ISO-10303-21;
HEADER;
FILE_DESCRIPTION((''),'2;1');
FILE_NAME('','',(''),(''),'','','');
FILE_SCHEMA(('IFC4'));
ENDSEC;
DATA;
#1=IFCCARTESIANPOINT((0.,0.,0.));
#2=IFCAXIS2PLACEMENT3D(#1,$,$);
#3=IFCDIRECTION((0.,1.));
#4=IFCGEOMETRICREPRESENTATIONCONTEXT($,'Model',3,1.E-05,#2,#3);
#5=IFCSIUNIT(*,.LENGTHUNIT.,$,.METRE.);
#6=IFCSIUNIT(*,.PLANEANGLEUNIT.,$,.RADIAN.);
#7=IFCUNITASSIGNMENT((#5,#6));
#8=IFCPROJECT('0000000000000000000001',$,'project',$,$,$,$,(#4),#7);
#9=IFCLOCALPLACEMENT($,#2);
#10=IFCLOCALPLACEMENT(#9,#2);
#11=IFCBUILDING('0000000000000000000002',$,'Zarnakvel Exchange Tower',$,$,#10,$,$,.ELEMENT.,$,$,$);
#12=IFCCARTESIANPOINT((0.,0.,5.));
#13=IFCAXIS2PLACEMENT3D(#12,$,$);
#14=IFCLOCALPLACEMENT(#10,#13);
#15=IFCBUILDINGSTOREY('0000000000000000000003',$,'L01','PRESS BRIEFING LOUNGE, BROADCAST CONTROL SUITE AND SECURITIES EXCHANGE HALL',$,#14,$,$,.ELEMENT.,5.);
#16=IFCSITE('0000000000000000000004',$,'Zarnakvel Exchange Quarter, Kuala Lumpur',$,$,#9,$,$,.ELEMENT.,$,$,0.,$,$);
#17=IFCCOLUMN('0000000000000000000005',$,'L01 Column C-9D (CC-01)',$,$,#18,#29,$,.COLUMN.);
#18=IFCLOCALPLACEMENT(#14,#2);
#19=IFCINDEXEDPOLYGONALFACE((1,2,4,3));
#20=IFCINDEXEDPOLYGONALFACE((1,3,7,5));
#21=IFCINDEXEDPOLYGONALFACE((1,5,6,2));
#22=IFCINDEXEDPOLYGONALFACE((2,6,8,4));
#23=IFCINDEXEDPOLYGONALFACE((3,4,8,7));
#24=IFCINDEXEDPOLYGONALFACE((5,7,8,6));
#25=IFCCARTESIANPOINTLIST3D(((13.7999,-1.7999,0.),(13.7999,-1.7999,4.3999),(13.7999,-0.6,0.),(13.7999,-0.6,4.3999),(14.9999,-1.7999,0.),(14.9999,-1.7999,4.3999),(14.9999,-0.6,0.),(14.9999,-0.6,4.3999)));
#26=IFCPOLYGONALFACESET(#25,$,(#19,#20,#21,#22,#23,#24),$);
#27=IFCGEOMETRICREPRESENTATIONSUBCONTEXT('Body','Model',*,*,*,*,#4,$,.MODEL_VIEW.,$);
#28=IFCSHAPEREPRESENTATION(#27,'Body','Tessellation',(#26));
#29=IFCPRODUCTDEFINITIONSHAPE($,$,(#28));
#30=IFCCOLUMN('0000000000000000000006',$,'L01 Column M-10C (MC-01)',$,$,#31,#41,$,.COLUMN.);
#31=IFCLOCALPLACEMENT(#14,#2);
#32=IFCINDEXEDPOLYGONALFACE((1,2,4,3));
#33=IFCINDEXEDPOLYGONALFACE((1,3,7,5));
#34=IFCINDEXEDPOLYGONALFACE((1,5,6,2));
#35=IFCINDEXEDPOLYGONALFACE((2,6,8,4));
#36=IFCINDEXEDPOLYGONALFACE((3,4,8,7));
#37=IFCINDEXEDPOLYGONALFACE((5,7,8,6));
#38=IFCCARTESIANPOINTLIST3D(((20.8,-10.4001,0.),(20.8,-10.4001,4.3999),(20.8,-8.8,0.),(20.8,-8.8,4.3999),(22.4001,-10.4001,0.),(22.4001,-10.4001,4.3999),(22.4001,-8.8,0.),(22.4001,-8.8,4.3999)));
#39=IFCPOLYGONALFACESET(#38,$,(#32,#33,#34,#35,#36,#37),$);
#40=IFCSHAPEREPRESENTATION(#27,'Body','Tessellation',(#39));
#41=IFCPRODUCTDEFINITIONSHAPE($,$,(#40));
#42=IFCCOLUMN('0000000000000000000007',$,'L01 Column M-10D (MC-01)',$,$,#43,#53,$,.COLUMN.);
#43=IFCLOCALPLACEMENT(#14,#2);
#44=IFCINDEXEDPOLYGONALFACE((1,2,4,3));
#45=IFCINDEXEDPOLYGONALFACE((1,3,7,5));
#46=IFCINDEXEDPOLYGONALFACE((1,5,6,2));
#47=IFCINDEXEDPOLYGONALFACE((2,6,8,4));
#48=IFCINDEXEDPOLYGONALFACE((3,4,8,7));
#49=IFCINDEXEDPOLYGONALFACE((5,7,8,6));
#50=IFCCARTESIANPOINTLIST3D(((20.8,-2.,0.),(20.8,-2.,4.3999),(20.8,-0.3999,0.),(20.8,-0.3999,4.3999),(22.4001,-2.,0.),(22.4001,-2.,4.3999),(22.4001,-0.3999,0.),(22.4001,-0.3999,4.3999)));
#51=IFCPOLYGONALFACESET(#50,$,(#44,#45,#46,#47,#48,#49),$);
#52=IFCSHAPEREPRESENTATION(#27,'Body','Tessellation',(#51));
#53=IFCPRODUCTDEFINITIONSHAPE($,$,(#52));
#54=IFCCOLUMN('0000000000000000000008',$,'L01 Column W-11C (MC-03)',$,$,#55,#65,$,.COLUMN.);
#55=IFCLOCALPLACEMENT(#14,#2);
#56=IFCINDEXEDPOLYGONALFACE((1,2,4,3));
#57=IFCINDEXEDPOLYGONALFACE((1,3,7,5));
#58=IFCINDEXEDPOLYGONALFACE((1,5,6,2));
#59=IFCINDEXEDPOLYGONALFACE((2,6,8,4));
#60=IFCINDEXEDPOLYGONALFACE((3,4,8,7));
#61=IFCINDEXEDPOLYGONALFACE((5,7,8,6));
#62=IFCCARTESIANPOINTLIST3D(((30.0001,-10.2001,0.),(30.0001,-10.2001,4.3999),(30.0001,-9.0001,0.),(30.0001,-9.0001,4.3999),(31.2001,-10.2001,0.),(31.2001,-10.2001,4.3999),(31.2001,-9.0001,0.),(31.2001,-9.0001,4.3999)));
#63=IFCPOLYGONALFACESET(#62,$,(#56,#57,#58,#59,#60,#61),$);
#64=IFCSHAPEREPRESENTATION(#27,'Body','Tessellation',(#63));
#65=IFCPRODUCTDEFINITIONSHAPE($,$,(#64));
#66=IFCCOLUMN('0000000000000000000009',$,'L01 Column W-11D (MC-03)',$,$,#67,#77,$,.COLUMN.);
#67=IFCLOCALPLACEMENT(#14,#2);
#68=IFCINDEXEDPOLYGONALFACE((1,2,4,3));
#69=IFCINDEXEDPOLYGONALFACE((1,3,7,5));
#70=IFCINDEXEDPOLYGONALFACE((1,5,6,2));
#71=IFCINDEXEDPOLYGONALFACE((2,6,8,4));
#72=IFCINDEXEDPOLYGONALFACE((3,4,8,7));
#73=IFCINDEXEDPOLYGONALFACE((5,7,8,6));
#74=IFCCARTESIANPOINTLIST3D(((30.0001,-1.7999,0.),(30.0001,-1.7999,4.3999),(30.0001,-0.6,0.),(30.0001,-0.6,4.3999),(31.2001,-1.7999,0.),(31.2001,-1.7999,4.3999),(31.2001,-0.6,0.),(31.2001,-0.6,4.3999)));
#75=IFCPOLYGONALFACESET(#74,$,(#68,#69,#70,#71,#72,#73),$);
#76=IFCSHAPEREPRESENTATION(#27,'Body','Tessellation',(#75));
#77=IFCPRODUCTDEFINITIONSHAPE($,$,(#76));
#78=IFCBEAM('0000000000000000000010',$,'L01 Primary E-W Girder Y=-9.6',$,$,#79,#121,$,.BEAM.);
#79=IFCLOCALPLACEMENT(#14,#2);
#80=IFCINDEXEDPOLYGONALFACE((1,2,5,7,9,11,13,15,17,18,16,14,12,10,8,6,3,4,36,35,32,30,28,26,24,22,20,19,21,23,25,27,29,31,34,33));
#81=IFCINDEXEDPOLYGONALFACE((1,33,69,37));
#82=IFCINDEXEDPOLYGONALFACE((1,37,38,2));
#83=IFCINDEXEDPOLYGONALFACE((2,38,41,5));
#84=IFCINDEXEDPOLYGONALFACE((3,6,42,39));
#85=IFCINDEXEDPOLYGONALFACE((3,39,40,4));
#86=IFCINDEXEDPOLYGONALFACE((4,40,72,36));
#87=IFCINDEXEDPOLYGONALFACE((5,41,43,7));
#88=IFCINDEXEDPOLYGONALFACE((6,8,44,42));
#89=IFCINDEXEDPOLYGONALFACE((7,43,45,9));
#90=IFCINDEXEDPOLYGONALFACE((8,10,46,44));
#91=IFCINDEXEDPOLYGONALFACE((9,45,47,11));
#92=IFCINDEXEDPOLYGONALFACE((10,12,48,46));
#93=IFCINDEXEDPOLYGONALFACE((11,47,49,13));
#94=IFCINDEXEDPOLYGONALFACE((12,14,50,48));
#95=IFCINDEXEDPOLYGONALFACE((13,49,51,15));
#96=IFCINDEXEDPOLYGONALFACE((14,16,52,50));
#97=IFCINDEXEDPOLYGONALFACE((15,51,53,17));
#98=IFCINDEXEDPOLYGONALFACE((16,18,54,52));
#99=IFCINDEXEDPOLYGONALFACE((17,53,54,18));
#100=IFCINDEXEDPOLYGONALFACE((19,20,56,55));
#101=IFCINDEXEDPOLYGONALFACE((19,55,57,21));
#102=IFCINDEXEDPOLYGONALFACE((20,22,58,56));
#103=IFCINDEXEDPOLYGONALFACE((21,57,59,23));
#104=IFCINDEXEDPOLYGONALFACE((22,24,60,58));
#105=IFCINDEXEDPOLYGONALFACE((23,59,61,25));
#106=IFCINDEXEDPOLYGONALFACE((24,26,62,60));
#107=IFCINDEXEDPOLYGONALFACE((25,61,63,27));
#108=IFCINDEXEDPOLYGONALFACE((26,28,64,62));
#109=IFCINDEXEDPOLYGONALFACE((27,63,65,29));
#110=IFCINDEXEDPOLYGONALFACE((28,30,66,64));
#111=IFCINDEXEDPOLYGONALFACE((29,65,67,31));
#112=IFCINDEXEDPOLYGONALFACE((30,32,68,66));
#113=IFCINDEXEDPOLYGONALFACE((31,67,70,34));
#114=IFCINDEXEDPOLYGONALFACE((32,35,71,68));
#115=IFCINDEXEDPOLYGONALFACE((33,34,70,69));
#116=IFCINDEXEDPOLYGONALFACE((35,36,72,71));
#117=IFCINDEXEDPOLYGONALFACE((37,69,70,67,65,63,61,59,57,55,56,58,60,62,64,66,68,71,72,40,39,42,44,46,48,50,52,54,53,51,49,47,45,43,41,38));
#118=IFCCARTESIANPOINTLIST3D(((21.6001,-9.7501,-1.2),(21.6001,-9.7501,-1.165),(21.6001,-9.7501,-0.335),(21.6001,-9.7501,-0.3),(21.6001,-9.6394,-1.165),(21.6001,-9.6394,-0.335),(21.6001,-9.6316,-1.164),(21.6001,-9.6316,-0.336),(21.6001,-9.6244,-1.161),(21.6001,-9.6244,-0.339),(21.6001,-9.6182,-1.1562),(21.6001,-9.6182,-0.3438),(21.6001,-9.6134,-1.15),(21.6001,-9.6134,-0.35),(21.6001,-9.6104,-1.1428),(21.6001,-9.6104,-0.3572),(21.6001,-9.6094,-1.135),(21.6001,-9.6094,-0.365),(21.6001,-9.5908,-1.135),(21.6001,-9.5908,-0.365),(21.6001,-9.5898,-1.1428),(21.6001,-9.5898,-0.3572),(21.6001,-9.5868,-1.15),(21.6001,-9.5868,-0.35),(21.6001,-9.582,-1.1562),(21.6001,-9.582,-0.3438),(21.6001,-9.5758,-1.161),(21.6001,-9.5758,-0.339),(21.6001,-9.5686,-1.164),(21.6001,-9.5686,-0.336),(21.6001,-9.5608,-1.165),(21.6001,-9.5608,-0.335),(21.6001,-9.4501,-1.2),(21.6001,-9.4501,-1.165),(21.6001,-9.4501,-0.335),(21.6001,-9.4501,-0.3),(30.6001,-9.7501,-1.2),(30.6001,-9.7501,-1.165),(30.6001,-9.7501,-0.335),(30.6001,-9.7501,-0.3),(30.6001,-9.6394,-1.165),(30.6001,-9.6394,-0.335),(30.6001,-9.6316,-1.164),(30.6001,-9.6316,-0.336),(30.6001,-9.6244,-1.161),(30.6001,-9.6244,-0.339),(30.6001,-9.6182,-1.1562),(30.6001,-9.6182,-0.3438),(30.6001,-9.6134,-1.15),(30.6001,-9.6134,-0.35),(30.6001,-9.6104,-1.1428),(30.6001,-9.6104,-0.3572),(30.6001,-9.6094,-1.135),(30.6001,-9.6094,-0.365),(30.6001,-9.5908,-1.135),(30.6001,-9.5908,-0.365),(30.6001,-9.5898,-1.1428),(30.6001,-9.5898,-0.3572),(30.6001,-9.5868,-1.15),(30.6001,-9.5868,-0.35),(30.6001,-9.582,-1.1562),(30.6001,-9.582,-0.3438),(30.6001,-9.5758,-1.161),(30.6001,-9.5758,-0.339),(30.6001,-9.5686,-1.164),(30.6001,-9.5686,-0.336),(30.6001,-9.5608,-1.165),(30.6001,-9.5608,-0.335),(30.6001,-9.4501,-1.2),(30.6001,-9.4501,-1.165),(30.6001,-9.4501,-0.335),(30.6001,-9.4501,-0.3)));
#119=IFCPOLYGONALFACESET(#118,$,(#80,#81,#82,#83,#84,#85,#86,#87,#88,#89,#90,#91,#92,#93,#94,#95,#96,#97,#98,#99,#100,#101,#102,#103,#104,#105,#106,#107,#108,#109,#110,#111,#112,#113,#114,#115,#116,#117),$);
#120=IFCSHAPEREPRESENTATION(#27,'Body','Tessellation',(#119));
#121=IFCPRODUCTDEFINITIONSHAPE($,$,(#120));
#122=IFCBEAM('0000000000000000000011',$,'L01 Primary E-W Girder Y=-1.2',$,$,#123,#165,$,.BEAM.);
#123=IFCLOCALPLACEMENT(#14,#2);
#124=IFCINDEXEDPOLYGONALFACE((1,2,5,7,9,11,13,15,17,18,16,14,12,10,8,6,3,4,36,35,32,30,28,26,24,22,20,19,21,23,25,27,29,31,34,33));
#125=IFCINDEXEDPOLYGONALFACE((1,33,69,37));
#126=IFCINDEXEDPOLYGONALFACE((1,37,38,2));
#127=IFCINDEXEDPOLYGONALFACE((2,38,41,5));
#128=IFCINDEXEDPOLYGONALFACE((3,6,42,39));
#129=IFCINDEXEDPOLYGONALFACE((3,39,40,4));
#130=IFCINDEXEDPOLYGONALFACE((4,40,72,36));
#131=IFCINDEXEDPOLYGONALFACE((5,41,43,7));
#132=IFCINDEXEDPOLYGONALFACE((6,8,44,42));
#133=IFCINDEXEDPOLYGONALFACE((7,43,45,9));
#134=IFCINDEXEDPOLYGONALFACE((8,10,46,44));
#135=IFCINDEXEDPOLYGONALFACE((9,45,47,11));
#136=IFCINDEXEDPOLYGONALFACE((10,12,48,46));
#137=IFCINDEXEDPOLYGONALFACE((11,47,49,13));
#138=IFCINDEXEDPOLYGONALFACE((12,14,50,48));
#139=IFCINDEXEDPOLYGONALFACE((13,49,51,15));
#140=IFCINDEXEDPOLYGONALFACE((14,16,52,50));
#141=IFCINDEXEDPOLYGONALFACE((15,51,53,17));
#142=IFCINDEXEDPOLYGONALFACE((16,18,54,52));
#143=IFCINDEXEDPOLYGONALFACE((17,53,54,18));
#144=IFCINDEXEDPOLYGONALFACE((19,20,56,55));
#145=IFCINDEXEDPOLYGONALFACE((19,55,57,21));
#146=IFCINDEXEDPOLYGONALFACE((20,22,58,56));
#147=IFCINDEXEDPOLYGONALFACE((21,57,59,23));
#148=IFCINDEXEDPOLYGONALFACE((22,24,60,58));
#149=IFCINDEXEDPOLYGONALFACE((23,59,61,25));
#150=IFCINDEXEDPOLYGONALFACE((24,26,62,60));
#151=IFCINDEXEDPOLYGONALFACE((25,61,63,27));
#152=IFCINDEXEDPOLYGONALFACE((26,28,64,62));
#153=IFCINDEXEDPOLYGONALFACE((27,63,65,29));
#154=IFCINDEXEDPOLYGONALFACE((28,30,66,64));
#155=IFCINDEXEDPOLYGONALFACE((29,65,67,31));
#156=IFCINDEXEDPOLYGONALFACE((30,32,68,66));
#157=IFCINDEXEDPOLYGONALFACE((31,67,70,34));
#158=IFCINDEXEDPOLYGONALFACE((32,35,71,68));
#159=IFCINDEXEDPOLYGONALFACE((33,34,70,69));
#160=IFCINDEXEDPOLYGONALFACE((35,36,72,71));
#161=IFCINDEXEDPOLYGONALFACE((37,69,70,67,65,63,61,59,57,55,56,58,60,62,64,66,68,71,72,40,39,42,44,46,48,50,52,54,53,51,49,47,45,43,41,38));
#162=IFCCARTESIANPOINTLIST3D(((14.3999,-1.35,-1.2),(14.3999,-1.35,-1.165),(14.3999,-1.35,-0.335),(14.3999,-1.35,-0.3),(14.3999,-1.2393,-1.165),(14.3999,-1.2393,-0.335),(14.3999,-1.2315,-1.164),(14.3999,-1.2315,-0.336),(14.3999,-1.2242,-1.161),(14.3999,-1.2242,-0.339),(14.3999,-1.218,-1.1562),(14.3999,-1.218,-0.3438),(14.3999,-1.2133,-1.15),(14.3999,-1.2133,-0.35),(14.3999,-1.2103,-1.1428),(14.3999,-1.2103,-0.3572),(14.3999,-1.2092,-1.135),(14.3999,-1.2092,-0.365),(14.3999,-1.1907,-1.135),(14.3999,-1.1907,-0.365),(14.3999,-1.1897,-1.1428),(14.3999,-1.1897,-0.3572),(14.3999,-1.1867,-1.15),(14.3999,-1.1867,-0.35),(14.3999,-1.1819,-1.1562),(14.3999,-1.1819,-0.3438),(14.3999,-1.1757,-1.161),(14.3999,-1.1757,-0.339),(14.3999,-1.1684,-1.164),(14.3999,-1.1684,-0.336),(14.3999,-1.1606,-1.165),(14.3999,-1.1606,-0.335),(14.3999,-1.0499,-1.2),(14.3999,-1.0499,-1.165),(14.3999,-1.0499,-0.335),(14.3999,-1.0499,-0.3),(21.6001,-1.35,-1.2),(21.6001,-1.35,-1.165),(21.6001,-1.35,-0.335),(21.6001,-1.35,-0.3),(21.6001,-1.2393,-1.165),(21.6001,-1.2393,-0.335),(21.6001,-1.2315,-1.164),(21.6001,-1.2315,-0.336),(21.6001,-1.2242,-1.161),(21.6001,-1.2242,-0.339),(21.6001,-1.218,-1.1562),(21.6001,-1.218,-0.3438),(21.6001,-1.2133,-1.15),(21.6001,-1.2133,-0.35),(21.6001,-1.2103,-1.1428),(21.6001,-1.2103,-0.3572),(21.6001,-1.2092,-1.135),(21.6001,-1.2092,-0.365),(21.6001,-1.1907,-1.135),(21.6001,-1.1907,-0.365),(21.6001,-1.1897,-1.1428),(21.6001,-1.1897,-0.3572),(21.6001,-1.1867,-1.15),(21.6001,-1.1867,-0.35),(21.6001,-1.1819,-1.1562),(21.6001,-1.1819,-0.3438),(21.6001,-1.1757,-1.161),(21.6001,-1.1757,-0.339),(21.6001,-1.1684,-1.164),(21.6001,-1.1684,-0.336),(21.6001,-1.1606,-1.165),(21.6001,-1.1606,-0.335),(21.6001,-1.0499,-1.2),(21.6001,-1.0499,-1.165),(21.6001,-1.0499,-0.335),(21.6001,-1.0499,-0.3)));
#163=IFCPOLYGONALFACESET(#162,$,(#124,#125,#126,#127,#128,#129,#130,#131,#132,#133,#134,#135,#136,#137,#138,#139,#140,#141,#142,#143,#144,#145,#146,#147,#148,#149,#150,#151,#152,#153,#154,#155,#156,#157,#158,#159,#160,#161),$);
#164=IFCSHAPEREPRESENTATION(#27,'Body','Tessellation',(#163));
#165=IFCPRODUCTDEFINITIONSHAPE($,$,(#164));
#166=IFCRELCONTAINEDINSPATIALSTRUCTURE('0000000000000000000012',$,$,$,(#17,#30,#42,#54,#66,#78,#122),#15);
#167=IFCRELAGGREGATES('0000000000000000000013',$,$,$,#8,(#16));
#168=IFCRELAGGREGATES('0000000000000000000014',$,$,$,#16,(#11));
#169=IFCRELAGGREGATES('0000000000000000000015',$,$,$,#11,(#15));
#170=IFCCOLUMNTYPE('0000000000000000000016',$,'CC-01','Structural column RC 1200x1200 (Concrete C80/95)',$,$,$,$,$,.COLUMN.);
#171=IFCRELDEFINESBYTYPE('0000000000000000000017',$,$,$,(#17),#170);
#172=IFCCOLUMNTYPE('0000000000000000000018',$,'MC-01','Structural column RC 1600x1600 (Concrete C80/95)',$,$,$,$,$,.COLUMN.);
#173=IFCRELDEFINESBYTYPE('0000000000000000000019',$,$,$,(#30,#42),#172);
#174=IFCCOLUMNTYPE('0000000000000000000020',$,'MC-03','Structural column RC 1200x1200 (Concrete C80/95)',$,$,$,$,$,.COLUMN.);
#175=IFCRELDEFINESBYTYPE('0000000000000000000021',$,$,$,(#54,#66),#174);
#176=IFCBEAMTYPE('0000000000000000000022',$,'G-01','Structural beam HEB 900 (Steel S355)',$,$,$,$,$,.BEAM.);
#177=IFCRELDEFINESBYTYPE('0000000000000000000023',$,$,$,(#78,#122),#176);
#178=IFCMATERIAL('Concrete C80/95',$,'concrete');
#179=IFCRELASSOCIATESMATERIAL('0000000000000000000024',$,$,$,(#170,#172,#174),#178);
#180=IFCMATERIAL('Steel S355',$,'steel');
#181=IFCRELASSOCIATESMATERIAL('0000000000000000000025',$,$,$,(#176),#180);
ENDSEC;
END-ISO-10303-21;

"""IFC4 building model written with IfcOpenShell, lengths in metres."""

from ifc_helpers import new_model, si_unit, direction, frame, origin, origin_2d, place, context, subcontext, project, spatial, rectangle, i_section, extrude, material, material_profile, profile_set, type_object, element, save


model = new_model("IFC4")

# Units and contexts
model_context = context("Model", 3, precision=1e-05, world=origin(), true_north=direction((0.0, 1.0)))
body_context = subcontext(model_context, "Body", "Model", "MODEL_VIEW")
ifc_project = project(units=[si_unit("LENGTHUNIT", "METRE"), si_unit("PLANEANGLEUNIT", "RADIAN")], contexts=[model_context])

# Site, building, storey
site_placement = place(None, origin())
site = spatial("IfcSite", under=ifc_project, at=site_placement, Name="Zarnakvel Exchange Quarter, Kuala Lumpur", CompositionType="ELEMENT", RefElevation=0.0)
building_placement = place(site_placement, origin())
building = spatial("IfcBuilding", under=site, at=building_placement, Name="Zarnakvel Exchange Tower", CompositionType="ELEMENT")
storey_placement = place(building_placement, frame((0.0, 0.0, 5.0)))
storey = spatial("IfcBuildingStorey", under=building, at=storey_placement, Name="L01", Description="PRESS BRIEFING LOUNGE, BROADCAST CONTROL SUITE AND SECURITIES EXCHANGE HALL", CompositionType="ELEMENT", Elevation=5.0)

# Columns
ifc_material_1 = material(Name="Concrete C80/95", Category="concrete")
ifc_material_profile_1 = material_profile(ifc_material_1, rectangle(XDim=1.2, YDim=1.2, at=origin_2d()))
ifc_profile_set_1 = profile_set([ifc_material_profile_1], Name="Concrete C80/95")
column_type_1 = type_object("IfcColumnType", Name="CC-01", Description="Structural column RC 1200x1200 (Concrete C80/95)", PredefinedType="COLUMN", material=ifc_profile_set_1)
column_placement = place(storey_placement, frame((14.3999, -1.2, 0.0), z_axis=(0.0, 0.0, 1.0), x_axis=(1.0, 0.0, 0.0)))
element("IfcColumn", 1, at=column_placement, inside=storey, type_object=column_type_1, Name="L01 Column C-9D (CC-01)", PredefinedType="COLUMN", context=body_context, shape_type="SweptSolid", body=[
    extrude(rectangle(XDim=1.2, YDim=1.2, at=origin_2d()), origin(), (0.0, 0.0, 1.0), 4.3999),
])
ifc_material_profile_2 = material_profile(ifc_material_1, rectangle(XDim=1.6001, YDim=1.6001, at=origin_2d()))
ifc_profile_set_2 = profile_set([ifc_material_profile_2], Name="Concrete C80/95")
column_type_2 = type_object("IfcColumnType", Name="MC-01", Description="Structural column RC 1600x1600 (Concrete C80/95)", PredefinedType="COLUMN", material=ifc_profile_set_2)
for number, where, z_axis, x_axis, name in (
    (2, (21.6001, -9.6001, 0.0), (0.0, 0.0, 1.0), (1.0, 0.0, 0.0), "L01 Column M-10C (MC-01)"),
    (3, (21.6001, -1.2, 0.0), (0.0, 0.0, 1.0), (1.0, 0.0, 0.0), "L01 Column M-10D (MC-01)"),
):
    element("IfcColumn", number, at=place(storey_placement, frame(where, z_axis=z_axis, x_axis=x_axis)), inside=storey, type_object=column_type_2, Name=name, PredefinedType="COLUMN", context=body_context, shape_type="SweptSolid", body=[
        extrude(rectangle(XDim=1.6001, YDim=1.6001, at=origin_2d()), origin(), (0.0, 0.0, 1.0), 4.3999),
    ])
ifc_material_profile_3 = material_profile(ifc_material_1, rectangle(XDim=1.2, YDim=1.2, at=origin_2d()))
ifc_profile_set_3 = profile_set([ifc_material_profile_3], Name="Concrete C80/95")
column_type_3 = type_object("IfcColumnType", Name="MC-03", Description="Structural column RC 1200x1200 (Concrete C80/95)", PredefinedType="COLUMN", material=ifc_profile_set_3)
for number, where, z_axis, x_axis, name in (
    (4, (30.6001, -9.6001, 0.0), (0.0, 0.0, 1.0), (1.0, 0.0, 0.0), "L01 Column W-11C (MC-03)"),
    (5, (30.6001, -1.2, 0.0), (0.0, 0.0, 1.0), (1.0, 0.0, 0.0), "L01 Column W-11D (MC-03)"),
):
    element("IfcColumn", number, at=place(storey_placement, frame(where, z_axis=z_axis, x_axis=x_axis)), inside=storey, type_object=column_type_3, Name=name, PredefinedType="COLUMN", context=body_context, shape_type="SweptSolid", body=[
        extrude(rectangle(XDim=1.2, YDim=1.2, at=origin_2d()), origin(), (0.0, 0.0, 1.0), 4.3999),
    ])

# Beams
ifc_material_2 = material(Name="Steel S355", Category="steel")
ifc_material_profile_4 = material_profile(ifc_material_2, i_section(OverallWidth=0.3, OverallDepth=0.8999, WebThickness=0.0186, FlangeThickness=0.0349, FilletRadius=0.03, at=origin_2d()))
ifc_profile_set_4 = profile_set([ifc_material_profile_4], Name="Steel S355")
beam_type = type_object("IfcBeamType", Name="G-01", Description="Structural beam HEB 900 (Steel S355)", PredefinedType="BEAM", material=ifc_profile_set_4)
beam_1_placement = place(storey_placement, frame((21.6001, -9.6001, -0.75), z_axis=(1.0, 0.0, 0.0), x_axis=(0.0, 1.0, 0.0)))
element("IfcBeam", 6, at=beam_1_placement, inside=storey, type_object=beam_type, Name="L01 Primary E-W Girder Y=-9.6", PredefinedType="BEAM", context=body_context, shape_type="SweptSolid", body=[
    extrude(i_section(OverallWidth=0.3, OverallDepth=0.8999, WebThickness=0.0186, FlangeThickness=0.0349, FilletRadius=0.03, at=origin_2d()), origin(), (0.0, 0.0, 1.0), 9.0),
])
beam_2_placement = place(storey_placement, frame((14.3999, -1.2, -0.75), z_axis=(1.0, 0.0, 0.0), x_axis=(0.0, 1.0, 0.0)))
element("IfcBeam", 7, at=beam_2_placement, inside=storey, type_object=beam_type, Name="L01 Primary E-W Girder Y=-1.2", PredefinedType="BEAM", context=body_context, shape_type="SweptSolid", body=[
    extrude(i_section(OverallWidth=0.3, OverallDepth=0.8999, WebThickness=0.0186, FlangeThickness=0.0349, FilletRadius=0.03, at=origin_2d()), origin(), (0.0, 0.0, 1.0), 7.2002),
])

save(model, "model.ifc")
